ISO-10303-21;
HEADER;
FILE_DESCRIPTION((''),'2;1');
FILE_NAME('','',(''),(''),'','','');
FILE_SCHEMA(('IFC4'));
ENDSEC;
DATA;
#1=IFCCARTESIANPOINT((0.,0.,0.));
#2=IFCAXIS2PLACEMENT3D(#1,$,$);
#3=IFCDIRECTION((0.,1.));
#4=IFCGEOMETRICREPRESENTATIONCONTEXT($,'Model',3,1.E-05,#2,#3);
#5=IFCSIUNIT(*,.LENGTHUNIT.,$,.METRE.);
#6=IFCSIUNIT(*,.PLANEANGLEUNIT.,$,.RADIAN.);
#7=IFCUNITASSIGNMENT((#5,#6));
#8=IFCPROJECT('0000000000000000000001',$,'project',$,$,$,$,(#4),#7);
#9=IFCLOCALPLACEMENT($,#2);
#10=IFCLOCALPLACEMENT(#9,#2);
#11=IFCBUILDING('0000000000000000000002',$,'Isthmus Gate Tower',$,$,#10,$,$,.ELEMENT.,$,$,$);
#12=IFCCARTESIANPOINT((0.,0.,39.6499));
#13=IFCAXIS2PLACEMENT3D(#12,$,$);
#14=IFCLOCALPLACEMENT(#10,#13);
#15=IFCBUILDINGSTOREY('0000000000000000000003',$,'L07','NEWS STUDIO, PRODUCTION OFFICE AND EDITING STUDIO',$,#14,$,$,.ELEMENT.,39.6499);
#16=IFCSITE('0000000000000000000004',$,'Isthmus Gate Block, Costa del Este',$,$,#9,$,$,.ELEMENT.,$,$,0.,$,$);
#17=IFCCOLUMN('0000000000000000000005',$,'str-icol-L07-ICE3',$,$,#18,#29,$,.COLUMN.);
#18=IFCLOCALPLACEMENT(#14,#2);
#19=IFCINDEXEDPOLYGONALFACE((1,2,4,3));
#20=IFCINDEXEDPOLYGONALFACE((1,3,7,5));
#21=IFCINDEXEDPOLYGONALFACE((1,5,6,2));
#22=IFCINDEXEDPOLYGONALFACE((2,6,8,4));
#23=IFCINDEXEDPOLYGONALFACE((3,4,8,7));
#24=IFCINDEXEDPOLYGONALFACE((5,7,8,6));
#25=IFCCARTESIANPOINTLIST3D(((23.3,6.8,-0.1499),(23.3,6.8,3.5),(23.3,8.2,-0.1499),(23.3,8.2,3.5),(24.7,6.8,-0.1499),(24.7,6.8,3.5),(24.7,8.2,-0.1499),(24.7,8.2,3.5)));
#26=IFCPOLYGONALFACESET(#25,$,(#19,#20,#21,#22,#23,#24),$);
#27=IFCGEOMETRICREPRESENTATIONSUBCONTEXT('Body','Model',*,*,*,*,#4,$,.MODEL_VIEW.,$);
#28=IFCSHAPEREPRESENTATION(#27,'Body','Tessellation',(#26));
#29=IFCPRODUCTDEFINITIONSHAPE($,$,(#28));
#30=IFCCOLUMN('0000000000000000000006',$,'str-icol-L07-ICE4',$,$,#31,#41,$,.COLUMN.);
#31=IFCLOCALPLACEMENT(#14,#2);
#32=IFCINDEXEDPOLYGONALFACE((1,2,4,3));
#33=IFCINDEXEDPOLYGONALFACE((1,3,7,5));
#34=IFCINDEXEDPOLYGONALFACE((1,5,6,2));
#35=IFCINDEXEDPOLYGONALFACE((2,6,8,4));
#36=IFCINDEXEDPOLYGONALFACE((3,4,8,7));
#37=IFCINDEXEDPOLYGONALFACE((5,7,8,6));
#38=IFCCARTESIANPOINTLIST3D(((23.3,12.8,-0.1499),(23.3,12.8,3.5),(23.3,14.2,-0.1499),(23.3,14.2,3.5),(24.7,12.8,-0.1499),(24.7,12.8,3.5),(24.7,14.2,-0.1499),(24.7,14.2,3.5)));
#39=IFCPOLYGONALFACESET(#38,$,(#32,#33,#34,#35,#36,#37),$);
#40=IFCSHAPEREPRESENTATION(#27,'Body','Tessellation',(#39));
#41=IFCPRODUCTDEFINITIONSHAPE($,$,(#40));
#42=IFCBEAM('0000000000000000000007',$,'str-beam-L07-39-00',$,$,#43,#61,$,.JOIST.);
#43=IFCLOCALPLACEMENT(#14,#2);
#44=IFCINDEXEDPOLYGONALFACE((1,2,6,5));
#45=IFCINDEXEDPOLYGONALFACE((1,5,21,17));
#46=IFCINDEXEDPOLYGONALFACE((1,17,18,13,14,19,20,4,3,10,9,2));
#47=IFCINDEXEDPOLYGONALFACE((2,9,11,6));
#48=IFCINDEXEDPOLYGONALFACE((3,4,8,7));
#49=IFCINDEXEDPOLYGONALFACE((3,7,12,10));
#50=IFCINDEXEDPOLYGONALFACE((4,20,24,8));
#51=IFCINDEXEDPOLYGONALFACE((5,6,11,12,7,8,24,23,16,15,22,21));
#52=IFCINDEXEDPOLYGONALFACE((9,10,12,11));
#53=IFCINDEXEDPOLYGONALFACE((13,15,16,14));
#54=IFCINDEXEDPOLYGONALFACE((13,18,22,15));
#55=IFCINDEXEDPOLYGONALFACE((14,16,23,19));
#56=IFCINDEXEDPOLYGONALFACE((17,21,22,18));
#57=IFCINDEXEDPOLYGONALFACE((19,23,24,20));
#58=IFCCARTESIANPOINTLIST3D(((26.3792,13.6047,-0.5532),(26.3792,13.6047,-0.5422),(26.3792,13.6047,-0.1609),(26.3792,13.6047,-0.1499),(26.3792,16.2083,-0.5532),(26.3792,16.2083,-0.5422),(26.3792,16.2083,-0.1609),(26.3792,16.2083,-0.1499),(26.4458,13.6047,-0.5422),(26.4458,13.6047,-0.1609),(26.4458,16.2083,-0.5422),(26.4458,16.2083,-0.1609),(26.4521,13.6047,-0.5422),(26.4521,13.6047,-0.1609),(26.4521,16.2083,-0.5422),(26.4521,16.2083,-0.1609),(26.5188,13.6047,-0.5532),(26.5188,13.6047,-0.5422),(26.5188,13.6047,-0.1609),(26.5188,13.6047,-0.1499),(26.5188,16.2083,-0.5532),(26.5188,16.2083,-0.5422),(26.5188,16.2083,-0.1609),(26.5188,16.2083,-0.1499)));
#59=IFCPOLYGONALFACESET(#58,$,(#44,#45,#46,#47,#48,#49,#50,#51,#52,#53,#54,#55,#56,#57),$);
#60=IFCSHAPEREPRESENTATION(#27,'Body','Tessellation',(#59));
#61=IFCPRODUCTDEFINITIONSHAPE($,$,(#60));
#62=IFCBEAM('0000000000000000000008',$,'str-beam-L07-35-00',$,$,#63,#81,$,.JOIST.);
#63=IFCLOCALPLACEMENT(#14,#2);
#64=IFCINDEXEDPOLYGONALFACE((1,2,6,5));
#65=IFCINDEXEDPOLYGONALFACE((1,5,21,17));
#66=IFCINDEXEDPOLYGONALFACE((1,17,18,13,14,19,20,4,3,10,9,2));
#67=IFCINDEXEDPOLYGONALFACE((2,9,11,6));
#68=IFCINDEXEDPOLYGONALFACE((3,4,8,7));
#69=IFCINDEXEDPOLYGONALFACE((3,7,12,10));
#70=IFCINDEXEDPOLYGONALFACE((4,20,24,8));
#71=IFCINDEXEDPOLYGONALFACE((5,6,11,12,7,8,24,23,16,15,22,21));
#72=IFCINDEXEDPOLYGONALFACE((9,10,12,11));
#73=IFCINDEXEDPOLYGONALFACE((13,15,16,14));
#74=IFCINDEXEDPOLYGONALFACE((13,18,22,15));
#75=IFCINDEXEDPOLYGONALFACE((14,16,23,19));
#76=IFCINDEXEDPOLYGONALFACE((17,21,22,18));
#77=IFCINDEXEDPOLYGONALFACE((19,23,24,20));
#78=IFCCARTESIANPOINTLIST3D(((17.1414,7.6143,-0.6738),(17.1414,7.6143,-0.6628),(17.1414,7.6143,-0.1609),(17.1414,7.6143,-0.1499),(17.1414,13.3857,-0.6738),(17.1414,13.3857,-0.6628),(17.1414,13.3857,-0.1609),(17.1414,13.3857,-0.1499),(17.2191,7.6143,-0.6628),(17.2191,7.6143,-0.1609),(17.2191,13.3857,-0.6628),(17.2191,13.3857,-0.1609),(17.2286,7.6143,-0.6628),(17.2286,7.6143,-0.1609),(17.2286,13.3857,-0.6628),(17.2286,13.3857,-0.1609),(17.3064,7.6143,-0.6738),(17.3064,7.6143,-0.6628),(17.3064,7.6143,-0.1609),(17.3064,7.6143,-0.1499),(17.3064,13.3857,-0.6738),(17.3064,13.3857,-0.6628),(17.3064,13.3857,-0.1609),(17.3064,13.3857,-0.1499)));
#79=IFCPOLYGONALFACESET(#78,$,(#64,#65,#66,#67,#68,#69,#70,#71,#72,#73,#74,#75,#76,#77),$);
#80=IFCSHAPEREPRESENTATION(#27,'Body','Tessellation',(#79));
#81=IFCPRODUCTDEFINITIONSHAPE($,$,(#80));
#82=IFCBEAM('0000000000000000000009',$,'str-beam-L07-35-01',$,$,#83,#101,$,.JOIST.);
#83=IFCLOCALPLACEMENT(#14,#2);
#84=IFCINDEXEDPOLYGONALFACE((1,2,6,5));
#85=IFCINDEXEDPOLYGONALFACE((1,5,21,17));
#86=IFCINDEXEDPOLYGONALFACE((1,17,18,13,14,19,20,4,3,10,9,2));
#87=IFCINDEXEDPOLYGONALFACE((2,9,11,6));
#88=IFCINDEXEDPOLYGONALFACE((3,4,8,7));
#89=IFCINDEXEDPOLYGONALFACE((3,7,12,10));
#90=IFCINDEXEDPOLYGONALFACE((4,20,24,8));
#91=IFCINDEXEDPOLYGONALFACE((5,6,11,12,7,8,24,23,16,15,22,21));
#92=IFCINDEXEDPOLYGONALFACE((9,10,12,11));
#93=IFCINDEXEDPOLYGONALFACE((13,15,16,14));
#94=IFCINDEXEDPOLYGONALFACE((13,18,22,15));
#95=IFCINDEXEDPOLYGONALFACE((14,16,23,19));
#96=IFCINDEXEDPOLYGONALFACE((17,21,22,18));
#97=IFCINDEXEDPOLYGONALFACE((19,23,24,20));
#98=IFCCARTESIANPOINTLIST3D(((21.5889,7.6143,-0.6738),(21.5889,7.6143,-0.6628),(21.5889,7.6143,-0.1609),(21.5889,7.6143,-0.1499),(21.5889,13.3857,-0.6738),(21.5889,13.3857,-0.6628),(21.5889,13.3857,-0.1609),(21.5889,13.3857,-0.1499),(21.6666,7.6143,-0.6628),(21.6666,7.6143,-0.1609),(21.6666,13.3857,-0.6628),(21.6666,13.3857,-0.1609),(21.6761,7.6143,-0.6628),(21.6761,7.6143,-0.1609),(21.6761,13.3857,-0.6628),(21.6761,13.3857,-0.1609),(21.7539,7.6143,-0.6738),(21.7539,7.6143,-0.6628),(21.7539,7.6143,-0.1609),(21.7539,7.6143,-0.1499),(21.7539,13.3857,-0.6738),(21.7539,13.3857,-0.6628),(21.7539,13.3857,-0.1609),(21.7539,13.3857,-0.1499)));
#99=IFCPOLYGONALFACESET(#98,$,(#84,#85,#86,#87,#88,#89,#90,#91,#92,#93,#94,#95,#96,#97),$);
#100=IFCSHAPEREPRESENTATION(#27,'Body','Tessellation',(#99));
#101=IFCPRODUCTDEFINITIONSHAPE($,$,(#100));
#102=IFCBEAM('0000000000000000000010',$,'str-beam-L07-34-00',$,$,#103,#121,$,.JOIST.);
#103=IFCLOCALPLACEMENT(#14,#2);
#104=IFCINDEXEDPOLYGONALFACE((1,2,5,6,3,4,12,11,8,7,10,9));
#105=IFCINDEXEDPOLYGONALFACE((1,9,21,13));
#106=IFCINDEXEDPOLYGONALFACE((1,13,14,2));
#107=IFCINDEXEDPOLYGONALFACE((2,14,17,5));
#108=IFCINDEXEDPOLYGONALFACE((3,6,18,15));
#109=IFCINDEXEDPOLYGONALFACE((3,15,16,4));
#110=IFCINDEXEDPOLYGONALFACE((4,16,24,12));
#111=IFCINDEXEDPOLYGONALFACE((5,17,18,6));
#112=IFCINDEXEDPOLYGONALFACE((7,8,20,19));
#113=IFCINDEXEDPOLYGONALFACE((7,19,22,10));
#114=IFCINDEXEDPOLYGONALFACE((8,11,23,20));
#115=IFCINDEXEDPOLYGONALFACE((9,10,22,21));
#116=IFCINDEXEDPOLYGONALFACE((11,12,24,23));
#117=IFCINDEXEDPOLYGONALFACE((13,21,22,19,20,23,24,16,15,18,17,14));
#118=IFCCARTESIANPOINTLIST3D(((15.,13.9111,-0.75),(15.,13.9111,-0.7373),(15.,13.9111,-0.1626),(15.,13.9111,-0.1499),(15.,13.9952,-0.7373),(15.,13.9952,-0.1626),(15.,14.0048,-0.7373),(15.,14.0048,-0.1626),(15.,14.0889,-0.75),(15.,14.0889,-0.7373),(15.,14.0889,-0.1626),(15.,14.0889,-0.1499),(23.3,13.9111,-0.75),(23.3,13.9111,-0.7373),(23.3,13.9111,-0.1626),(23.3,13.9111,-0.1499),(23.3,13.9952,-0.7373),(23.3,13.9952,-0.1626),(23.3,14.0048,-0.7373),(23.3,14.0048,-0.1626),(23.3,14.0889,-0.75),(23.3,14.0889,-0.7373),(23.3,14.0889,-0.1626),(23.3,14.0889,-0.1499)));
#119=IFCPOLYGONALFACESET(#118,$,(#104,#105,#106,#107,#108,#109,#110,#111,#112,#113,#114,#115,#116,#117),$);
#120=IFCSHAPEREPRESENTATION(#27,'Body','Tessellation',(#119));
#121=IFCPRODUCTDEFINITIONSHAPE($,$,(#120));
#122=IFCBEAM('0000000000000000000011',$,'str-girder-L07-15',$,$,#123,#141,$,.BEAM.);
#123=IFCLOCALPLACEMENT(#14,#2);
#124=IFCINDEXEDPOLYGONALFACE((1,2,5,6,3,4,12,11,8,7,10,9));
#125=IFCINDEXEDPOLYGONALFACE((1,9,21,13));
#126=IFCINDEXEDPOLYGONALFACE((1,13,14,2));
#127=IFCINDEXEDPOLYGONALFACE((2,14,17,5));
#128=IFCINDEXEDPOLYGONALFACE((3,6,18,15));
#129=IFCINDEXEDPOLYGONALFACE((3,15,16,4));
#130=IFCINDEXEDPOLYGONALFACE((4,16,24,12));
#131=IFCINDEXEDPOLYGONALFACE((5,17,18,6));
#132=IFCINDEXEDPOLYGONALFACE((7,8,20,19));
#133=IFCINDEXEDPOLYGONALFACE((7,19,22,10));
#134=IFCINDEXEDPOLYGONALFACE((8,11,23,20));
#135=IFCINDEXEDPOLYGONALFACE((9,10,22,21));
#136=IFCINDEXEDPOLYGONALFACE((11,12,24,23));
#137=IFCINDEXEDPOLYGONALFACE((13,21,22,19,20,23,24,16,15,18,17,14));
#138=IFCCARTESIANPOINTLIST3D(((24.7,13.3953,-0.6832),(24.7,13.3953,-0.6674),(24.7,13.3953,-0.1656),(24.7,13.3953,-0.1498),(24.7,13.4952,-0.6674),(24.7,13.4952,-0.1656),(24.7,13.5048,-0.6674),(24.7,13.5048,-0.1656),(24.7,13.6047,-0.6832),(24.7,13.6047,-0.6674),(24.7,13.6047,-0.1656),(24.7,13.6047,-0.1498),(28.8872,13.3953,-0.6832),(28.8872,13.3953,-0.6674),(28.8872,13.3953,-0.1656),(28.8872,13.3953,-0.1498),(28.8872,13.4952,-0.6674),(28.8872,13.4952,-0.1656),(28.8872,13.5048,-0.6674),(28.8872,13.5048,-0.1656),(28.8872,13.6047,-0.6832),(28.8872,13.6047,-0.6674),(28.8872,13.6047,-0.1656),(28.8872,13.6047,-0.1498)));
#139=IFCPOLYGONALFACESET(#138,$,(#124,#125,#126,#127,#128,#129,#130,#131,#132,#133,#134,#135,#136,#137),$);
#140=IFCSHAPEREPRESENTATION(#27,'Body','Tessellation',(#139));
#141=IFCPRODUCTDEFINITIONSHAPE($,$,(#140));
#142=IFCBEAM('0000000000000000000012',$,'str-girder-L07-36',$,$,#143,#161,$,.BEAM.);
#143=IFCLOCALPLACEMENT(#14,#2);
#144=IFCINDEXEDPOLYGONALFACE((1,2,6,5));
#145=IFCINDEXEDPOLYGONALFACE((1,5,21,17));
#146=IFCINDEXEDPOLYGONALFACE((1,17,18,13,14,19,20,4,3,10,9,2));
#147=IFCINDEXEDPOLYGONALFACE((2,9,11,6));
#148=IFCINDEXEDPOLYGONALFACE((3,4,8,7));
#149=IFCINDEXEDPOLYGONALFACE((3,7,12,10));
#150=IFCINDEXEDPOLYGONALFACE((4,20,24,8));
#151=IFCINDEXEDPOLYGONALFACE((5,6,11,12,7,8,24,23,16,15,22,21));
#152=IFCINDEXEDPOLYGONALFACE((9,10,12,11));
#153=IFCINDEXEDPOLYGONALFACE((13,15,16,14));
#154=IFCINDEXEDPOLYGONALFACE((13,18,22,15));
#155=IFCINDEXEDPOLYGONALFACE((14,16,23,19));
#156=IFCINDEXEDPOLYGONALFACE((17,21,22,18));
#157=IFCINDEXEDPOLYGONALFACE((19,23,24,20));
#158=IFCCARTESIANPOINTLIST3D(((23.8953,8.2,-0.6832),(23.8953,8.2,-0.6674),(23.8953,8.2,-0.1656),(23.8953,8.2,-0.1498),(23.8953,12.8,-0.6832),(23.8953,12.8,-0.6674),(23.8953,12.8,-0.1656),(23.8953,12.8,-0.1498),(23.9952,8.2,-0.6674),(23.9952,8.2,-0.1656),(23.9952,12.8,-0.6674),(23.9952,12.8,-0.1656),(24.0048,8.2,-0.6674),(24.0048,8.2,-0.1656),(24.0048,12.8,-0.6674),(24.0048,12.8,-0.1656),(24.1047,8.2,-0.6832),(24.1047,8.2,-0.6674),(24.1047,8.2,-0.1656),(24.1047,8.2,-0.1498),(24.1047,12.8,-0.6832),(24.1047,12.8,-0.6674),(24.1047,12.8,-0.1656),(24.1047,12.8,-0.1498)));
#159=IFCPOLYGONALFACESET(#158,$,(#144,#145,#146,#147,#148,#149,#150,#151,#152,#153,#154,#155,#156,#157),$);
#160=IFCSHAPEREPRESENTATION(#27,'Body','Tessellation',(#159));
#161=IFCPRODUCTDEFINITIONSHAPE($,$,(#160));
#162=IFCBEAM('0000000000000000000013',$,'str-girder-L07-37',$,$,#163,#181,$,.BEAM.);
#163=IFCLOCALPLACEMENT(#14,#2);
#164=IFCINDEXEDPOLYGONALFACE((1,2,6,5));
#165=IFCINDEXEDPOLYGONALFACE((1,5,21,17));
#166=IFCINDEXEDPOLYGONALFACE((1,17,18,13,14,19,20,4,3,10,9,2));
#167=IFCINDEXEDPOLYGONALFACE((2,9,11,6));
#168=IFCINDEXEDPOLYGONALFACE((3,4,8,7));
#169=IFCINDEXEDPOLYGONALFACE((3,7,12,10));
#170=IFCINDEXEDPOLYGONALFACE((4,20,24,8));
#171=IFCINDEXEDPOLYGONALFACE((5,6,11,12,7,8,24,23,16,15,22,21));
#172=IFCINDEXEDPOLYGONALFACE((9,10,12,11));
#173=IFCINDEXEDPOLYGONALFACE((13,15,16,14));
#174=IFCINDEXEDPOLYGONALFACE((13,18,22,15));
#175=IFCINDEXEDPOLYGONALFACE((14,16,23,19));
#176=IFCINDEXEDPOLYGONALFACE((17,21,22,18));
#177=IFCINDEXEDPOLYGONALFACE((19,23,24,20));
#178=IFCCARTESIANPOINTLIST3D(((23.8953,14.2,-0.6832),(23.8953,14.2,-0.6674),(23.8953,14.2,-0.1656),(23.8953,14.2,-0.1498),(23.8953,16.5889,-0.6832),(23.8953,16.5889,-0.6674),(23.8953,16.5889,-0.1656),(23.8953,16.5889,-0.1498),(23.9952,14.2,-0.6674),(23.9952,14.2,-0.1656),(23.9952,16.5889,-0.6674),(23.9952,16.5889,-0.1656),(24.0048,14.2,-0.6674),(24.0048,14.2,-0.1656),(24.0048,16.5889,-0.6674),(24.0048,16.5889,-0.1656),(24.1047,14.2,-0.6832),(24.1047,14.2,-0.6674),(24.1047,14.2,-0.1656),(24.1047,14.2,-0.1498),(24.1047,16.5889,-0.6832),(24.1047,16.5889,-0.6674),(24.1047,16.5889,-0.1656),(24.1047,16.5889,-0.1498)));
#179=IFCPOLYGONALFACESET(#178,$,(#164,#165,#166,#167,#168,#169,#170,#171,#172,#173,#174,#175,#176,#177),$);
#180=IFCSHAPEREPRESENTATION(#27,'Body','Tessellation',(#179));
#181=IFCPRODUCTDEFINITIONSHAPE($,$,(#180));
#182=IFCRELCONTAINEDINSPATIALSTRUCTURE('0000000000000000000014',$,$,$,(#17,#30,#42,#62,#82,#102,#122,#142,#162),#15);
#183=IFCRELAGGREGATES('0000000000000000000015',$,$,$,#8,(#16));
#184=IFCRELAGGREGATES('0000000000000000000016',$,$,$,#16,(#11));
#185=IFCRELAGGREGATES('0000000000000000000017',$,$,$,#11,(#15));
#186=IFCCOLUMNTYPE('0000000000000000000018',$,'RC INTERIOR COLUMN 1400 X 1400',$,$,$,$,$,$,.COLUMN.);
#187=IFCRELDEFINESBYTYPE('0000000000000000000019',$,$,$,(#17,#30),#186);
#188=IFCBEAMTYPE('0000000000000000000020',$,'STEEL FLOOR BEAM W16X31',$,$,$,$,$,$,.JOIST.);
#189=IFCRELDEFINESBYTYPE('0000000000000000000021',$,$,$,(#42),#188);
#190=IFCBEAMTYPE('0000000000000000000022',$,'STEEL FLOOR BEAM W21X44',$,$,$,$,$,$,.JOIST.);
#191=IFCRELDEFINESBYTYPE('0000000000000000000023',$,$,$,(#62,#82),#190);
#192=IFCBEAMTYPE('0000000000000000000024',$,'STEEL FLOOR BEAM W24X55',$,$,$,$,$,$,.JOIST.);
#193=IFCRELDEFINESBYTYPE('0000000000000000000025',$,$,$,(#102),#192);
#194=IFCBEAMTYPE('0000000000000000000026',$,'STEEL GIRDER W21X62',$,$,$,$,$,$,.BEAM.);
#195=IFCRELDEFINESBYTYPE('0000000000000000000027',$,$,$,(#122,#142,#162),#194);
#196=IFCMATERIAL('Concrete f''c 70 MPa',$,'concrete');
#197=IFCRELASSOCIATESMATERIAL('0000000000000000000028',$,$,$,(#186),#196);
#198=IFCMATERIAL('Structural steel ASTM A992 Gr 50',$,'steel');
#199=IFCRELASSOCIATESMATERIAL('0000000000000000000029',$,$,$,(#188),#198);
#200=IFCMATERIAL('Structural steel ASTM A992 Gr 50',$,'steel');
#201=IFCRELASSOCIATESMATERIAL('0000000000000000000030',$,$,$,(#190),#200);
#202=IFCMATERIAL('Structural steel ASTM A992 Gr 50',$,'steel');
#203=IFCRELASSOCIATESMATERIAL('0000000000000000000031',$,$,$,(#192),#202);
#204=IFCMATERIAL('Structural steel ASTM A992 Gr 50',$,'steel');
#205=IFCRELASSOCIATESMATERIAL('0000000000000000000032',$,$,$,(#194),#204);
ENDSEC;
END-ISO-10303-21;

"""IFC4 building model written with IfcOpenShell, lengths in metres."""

from ifc_helpers import new_model, si_unit, direction, frame, origin, origin_2d, place, context, subcontext, project, spatial, rectangle, i_section, extrude, material, material_profile, profile_set, type_object, element, save


model = new_model("IFC4")

# Units and contexts
model_context = context("Model", 3, precision=1e-05, world=origin(), true_north=direction((0.0, 1.0)))
body_context = subcontext(model_context, "Body", "Model", "MODEL_VIEW")
ifc_project = project(units=[si_unit("LENGTHUNIT", "METRE"), si_unit("PLANEANGLEUNIT", "RADIAN")], contexts=[model_context])

# Site, building, storey
site_placement = place(None, origin())
site = spatial("IfcSite", under=ifc_project, at=site_placement, Name="Isthmus Gate Block, Costa del Este", CompositionType="ELEMENT", RefElevation=0.0)
building_placement = place(site_placement, origin())
building = spatial("IfcBuilding", under=site, at=building_placement, Name="Isthmus Gate Tower", CompositionType="ELEMENT")
storey_placement = place(building_placement, frame((0.0, 0.0, 39.6499)))
storey = spatial("IfcBuildingStorey", under=building, at=storey_placement, Name="L07", Description="NEWS STUDIO, PRODUCTION OFFICE AND EDITING STUDIO", CompositionType="ELEMENT", Elevation=39.6499)

# Columns
ifc_material_1 = material(Name="Concrete f'c 70 MPa", Category="concrete")
ifc_material_profile_1 = material_profile(ifc_material_1, rectangle(XDim=1.3999, YDim=1.3999, at=origin_2d()), Name="RC 1400X1400")
ifc_profile_set_1 = profile_set([ifc_material_profile_1], Name="Concrete f'c 70 MPa")
column_type = type_object("IfcColumnType", Name="RC INTERIOR COLUMN 1400 X 1400", PredefinedType="COLUMN", material=ifc_profile_set_1)
for number, where, z_axis, x_axis, name in (
    (1, (24.0, 7.5, -0.1499), (0.0, 0.0, 1.0), (1.0, 0.0, 0.0), "str-icol-L07-ICE3"),
    (2, (24.0, 13.5, -0.1499), (0.0, 0.0, 1.0), (1.0, 0.0, 0.0), "str-icol-L07-ICE4"),
):
    element("IfcColumn", number, at=place(storey_placement, frame(where, z_axis=z_axis, x_axis=x_axis)), inside=storey, type_object=column_type, Name=name, PredefinedType="COLUMN", context=body_context, shape_type="SweptSolid", body=[
        extrude(rectangle(XDim=1.3999, YDim=1.3999, at=origin_2d()), origin(), (0.0, 0.0, 1.0), 3.6499),
    ])

# Beams
ifc_material_2 = material(Name="Structural steel ASTM A992 Gr 50", Category="steel")
ifc_material_profile_2 = material_profile(ifc_material_2, i_section(OverallWidth=0.1396, OverallDepth=0.4033, WebThickness=0.0063, FlangeThickness=0.011, at=origin_2d()), Name="W16X31")
ifc_profile_set_2 = profile_set([ifc_material_profile_2], Name="Structural steel ASTM A992 Gr 50")
beam_type_1 = type_object("IfcBeamType", Name="STEEL FLOOR BEAM W16X31", PredefinedType="JOIST", material=ifc_profile_set_2)
beam_1_placement = place(storey_placement, frame((26.449, 13.6047, -0.3516), z_axis=(0.0, 1.0, 0.0), x_axis=(-1.0, 0.0, 0.0)))
element("IfcBeam", 3, at=beam_1_placement, inside=storey, type_object=beam_type_1, Name="str-beam-L07-39-00", PredefinedType="JOIST", context=body_context, shape_type="SweptSolid", body=[
    extrude(i_section(OverallWidth=0.1396, OverallDepth=0.4033, WebThickness=0.0063, FlangeThickness=0.011, at=origin_2d()), origin(), (0.0, 0.0, 1.0), 2.6035),
])
ifc_material_3 = material(Name="Structural steel ASTM A992 Gr 50", Category="steel")
ifc_material_profile_3 = material_profile(ifc_material_3, i_section(OverallWidth=0.165, OverallDepth=0.5239, WebThickness=0.0095, FlangeThickness=0.011, at=origin_2d()), Name="W21X44")
ifc_profile_set_3 = profile_set([ifc_material_profile_3], Name="Structural steel ASTM A992 Gr 50")
beam_type_2 = type_object("IfcBeamType", Name="STEEL FLOOR BEAM W21X44", PredefinedType="JOIST", material=ifc_profile_set_3)
for number, where, z_axis, x_axis, name in (
    (4, (17.2239, 7.6143, -0.4119), (0.0, 1.0, 0.0), (-1.0, 0.0, 0.0), "str-beam-L07-35-00"),
    (5, (21.6714, 7.6143, -0.4119), (0.0, 1.0, 0.0), (-1.0, 0.0, 0.0), "str-beam-L07-35-01"),
):
    element("IfcBeam", number, at=place(storey_placement, frame(where, z_axis=z_axis, x_axis=x_axis)), inside=storey, type_object=beam_type_2, Name=name, PredefinedType="JOIST", context=body_context, shape_type="SweptSolid", body=[
        extrude(i_section(OverallWidth=0.165, OverallDepth=0.5239, WebThickness=0.0095, FlangeThickness=0.011, at=origin_2d()), origin(), (0.0, 0.0, 1.0), 5.7715),
    ])
ifc_material_4 = material(Name="Structural steel ASTM A992 Gr 50", Category="steel")
ifc_material_profile_4 = material_profile(ifc_material_4, i_section(OverallWidth=0.1777, OverallDepth=0.6001, WebThickness=0.0095, FlangeThickness=0.0127, at=origin_2d()), Name="W24X55")
ifc_profile_set_4 = profile_set([ifc_material_profile_4], Name="Structural steel ASTM A992 Gr 50")
beam_type_3 = type_object("IfcBeamType", Name="STEEL FLOOR BEAM W24X55", PredefinedType="JOIST", material=ifc_profile_set_4)
beam_2_placement = place(storey_placement, frame((15.0, 14.0, -0.45), z_axis=(1.0, 0.0, 0.0), x_axis=(0.0, 1.0, 0.0)))
element("IfcBeam", 6, at=beam_2_placement, inside=storey, type_object=beam_type_3, Name="str-beam-L07-34-00", PredefinedType="JOIST", context=body_context, shape_type="SweptSolid", body=[
    extrude(i_section(OverallWidth=0.1777, OverallDepth=0.6001, WebThickness=0.0095, FlangeThickness=0.0127, at=origin_2d()), origin(), (0.0, 0.0, 1.0), 8.3),
])
ifc_material_5 = material(Name="Structural steel ASTM A992 Gr 50", Category="steel")
ifc_material_profile_5 = material_profile(ifc_material_5, i_section(OverallWidth=0.2095, OverallDepth=0.5334, WebThickness=0.0095, FlangeThickness=0.0159, at=origin_2d()), Name="W21X62")
ifc_profile_set_5 = profile_set([ifc_material_profile_5], Name="Structural steel ASTM A992 Gr 50")
beam_type_4 = type_object("IfcBeamType", Name="STEEL GIRDER W21X62", PredefinedType="BEAM", material=ifc_profile_set_5)
beam_3_placement = place(storey_placement, frame((24.7, 13.5, -0.4165), z_axis=(1.0, 0.0, 0.0), x_axis=(0.0, 1.0, 0.0)))
element("IfcBeam", 7, at=beam_3_placement, inside=storey, type_object=beam_type_4, Name="str-girder-L07-15", PredefinedType="BEAM", context=body_context, shape_type="SweptSolid", body=[
    extrude(i_section(OverallWidth=0.2095, OverallDepth=0.5334, WebThickness=0.0095, FlangeThickness=0.0159, at=origin_2d()), origin(), (0.0, 0.0, 1.0), 4.1873),
])
beam_4_placement = place(storey_placement, frame((24.0, 8.2, -0.4165), z_axis=(0.0, 1.0, 0.0), x_axis=(-1.0, 0.0, 0.0)))
element("IfcBeam", 8, at=beam_4_placement, inside=storey, type_object=beam_type_4, Name="str-girder-L07-36", PredefinedType="BEAM", context=body_context, shape_type="SweptSolid", body=[
    extrude(i_section(OverallWidth=0.2095, OverallDepth=0.5334, WebThickness=0.0095, FlangeThickness=0.0159, at=origin_2d()), origin(), (0.0, 0.0, 1.0), 4.6001),
])
beam_5_placement = place(storey_placement, frame((24.0, 14.2, -0.4165), z_axis=(0.0, 1.0, 0.0), x_axis=(-1.0, 0.0, 0.0)))
element("IfcBeam", 9, at=beam_5_placement, inside=storey, type_object=beam_type_4, Name="str-girder-L07-37", PredefinedType="BEAM", context=body_context, shape_type="SweptSolid", body=[
    extrude(i_section(OverallWidth=0.2095, OverallDepth=0.5334, WebThickness=0.0095, FlangeThickness=0.0159, at=origin_2d()), origin(), (0.0, 0.0, 1.0), 2.3889),
])

save(model, "model.ifc")
